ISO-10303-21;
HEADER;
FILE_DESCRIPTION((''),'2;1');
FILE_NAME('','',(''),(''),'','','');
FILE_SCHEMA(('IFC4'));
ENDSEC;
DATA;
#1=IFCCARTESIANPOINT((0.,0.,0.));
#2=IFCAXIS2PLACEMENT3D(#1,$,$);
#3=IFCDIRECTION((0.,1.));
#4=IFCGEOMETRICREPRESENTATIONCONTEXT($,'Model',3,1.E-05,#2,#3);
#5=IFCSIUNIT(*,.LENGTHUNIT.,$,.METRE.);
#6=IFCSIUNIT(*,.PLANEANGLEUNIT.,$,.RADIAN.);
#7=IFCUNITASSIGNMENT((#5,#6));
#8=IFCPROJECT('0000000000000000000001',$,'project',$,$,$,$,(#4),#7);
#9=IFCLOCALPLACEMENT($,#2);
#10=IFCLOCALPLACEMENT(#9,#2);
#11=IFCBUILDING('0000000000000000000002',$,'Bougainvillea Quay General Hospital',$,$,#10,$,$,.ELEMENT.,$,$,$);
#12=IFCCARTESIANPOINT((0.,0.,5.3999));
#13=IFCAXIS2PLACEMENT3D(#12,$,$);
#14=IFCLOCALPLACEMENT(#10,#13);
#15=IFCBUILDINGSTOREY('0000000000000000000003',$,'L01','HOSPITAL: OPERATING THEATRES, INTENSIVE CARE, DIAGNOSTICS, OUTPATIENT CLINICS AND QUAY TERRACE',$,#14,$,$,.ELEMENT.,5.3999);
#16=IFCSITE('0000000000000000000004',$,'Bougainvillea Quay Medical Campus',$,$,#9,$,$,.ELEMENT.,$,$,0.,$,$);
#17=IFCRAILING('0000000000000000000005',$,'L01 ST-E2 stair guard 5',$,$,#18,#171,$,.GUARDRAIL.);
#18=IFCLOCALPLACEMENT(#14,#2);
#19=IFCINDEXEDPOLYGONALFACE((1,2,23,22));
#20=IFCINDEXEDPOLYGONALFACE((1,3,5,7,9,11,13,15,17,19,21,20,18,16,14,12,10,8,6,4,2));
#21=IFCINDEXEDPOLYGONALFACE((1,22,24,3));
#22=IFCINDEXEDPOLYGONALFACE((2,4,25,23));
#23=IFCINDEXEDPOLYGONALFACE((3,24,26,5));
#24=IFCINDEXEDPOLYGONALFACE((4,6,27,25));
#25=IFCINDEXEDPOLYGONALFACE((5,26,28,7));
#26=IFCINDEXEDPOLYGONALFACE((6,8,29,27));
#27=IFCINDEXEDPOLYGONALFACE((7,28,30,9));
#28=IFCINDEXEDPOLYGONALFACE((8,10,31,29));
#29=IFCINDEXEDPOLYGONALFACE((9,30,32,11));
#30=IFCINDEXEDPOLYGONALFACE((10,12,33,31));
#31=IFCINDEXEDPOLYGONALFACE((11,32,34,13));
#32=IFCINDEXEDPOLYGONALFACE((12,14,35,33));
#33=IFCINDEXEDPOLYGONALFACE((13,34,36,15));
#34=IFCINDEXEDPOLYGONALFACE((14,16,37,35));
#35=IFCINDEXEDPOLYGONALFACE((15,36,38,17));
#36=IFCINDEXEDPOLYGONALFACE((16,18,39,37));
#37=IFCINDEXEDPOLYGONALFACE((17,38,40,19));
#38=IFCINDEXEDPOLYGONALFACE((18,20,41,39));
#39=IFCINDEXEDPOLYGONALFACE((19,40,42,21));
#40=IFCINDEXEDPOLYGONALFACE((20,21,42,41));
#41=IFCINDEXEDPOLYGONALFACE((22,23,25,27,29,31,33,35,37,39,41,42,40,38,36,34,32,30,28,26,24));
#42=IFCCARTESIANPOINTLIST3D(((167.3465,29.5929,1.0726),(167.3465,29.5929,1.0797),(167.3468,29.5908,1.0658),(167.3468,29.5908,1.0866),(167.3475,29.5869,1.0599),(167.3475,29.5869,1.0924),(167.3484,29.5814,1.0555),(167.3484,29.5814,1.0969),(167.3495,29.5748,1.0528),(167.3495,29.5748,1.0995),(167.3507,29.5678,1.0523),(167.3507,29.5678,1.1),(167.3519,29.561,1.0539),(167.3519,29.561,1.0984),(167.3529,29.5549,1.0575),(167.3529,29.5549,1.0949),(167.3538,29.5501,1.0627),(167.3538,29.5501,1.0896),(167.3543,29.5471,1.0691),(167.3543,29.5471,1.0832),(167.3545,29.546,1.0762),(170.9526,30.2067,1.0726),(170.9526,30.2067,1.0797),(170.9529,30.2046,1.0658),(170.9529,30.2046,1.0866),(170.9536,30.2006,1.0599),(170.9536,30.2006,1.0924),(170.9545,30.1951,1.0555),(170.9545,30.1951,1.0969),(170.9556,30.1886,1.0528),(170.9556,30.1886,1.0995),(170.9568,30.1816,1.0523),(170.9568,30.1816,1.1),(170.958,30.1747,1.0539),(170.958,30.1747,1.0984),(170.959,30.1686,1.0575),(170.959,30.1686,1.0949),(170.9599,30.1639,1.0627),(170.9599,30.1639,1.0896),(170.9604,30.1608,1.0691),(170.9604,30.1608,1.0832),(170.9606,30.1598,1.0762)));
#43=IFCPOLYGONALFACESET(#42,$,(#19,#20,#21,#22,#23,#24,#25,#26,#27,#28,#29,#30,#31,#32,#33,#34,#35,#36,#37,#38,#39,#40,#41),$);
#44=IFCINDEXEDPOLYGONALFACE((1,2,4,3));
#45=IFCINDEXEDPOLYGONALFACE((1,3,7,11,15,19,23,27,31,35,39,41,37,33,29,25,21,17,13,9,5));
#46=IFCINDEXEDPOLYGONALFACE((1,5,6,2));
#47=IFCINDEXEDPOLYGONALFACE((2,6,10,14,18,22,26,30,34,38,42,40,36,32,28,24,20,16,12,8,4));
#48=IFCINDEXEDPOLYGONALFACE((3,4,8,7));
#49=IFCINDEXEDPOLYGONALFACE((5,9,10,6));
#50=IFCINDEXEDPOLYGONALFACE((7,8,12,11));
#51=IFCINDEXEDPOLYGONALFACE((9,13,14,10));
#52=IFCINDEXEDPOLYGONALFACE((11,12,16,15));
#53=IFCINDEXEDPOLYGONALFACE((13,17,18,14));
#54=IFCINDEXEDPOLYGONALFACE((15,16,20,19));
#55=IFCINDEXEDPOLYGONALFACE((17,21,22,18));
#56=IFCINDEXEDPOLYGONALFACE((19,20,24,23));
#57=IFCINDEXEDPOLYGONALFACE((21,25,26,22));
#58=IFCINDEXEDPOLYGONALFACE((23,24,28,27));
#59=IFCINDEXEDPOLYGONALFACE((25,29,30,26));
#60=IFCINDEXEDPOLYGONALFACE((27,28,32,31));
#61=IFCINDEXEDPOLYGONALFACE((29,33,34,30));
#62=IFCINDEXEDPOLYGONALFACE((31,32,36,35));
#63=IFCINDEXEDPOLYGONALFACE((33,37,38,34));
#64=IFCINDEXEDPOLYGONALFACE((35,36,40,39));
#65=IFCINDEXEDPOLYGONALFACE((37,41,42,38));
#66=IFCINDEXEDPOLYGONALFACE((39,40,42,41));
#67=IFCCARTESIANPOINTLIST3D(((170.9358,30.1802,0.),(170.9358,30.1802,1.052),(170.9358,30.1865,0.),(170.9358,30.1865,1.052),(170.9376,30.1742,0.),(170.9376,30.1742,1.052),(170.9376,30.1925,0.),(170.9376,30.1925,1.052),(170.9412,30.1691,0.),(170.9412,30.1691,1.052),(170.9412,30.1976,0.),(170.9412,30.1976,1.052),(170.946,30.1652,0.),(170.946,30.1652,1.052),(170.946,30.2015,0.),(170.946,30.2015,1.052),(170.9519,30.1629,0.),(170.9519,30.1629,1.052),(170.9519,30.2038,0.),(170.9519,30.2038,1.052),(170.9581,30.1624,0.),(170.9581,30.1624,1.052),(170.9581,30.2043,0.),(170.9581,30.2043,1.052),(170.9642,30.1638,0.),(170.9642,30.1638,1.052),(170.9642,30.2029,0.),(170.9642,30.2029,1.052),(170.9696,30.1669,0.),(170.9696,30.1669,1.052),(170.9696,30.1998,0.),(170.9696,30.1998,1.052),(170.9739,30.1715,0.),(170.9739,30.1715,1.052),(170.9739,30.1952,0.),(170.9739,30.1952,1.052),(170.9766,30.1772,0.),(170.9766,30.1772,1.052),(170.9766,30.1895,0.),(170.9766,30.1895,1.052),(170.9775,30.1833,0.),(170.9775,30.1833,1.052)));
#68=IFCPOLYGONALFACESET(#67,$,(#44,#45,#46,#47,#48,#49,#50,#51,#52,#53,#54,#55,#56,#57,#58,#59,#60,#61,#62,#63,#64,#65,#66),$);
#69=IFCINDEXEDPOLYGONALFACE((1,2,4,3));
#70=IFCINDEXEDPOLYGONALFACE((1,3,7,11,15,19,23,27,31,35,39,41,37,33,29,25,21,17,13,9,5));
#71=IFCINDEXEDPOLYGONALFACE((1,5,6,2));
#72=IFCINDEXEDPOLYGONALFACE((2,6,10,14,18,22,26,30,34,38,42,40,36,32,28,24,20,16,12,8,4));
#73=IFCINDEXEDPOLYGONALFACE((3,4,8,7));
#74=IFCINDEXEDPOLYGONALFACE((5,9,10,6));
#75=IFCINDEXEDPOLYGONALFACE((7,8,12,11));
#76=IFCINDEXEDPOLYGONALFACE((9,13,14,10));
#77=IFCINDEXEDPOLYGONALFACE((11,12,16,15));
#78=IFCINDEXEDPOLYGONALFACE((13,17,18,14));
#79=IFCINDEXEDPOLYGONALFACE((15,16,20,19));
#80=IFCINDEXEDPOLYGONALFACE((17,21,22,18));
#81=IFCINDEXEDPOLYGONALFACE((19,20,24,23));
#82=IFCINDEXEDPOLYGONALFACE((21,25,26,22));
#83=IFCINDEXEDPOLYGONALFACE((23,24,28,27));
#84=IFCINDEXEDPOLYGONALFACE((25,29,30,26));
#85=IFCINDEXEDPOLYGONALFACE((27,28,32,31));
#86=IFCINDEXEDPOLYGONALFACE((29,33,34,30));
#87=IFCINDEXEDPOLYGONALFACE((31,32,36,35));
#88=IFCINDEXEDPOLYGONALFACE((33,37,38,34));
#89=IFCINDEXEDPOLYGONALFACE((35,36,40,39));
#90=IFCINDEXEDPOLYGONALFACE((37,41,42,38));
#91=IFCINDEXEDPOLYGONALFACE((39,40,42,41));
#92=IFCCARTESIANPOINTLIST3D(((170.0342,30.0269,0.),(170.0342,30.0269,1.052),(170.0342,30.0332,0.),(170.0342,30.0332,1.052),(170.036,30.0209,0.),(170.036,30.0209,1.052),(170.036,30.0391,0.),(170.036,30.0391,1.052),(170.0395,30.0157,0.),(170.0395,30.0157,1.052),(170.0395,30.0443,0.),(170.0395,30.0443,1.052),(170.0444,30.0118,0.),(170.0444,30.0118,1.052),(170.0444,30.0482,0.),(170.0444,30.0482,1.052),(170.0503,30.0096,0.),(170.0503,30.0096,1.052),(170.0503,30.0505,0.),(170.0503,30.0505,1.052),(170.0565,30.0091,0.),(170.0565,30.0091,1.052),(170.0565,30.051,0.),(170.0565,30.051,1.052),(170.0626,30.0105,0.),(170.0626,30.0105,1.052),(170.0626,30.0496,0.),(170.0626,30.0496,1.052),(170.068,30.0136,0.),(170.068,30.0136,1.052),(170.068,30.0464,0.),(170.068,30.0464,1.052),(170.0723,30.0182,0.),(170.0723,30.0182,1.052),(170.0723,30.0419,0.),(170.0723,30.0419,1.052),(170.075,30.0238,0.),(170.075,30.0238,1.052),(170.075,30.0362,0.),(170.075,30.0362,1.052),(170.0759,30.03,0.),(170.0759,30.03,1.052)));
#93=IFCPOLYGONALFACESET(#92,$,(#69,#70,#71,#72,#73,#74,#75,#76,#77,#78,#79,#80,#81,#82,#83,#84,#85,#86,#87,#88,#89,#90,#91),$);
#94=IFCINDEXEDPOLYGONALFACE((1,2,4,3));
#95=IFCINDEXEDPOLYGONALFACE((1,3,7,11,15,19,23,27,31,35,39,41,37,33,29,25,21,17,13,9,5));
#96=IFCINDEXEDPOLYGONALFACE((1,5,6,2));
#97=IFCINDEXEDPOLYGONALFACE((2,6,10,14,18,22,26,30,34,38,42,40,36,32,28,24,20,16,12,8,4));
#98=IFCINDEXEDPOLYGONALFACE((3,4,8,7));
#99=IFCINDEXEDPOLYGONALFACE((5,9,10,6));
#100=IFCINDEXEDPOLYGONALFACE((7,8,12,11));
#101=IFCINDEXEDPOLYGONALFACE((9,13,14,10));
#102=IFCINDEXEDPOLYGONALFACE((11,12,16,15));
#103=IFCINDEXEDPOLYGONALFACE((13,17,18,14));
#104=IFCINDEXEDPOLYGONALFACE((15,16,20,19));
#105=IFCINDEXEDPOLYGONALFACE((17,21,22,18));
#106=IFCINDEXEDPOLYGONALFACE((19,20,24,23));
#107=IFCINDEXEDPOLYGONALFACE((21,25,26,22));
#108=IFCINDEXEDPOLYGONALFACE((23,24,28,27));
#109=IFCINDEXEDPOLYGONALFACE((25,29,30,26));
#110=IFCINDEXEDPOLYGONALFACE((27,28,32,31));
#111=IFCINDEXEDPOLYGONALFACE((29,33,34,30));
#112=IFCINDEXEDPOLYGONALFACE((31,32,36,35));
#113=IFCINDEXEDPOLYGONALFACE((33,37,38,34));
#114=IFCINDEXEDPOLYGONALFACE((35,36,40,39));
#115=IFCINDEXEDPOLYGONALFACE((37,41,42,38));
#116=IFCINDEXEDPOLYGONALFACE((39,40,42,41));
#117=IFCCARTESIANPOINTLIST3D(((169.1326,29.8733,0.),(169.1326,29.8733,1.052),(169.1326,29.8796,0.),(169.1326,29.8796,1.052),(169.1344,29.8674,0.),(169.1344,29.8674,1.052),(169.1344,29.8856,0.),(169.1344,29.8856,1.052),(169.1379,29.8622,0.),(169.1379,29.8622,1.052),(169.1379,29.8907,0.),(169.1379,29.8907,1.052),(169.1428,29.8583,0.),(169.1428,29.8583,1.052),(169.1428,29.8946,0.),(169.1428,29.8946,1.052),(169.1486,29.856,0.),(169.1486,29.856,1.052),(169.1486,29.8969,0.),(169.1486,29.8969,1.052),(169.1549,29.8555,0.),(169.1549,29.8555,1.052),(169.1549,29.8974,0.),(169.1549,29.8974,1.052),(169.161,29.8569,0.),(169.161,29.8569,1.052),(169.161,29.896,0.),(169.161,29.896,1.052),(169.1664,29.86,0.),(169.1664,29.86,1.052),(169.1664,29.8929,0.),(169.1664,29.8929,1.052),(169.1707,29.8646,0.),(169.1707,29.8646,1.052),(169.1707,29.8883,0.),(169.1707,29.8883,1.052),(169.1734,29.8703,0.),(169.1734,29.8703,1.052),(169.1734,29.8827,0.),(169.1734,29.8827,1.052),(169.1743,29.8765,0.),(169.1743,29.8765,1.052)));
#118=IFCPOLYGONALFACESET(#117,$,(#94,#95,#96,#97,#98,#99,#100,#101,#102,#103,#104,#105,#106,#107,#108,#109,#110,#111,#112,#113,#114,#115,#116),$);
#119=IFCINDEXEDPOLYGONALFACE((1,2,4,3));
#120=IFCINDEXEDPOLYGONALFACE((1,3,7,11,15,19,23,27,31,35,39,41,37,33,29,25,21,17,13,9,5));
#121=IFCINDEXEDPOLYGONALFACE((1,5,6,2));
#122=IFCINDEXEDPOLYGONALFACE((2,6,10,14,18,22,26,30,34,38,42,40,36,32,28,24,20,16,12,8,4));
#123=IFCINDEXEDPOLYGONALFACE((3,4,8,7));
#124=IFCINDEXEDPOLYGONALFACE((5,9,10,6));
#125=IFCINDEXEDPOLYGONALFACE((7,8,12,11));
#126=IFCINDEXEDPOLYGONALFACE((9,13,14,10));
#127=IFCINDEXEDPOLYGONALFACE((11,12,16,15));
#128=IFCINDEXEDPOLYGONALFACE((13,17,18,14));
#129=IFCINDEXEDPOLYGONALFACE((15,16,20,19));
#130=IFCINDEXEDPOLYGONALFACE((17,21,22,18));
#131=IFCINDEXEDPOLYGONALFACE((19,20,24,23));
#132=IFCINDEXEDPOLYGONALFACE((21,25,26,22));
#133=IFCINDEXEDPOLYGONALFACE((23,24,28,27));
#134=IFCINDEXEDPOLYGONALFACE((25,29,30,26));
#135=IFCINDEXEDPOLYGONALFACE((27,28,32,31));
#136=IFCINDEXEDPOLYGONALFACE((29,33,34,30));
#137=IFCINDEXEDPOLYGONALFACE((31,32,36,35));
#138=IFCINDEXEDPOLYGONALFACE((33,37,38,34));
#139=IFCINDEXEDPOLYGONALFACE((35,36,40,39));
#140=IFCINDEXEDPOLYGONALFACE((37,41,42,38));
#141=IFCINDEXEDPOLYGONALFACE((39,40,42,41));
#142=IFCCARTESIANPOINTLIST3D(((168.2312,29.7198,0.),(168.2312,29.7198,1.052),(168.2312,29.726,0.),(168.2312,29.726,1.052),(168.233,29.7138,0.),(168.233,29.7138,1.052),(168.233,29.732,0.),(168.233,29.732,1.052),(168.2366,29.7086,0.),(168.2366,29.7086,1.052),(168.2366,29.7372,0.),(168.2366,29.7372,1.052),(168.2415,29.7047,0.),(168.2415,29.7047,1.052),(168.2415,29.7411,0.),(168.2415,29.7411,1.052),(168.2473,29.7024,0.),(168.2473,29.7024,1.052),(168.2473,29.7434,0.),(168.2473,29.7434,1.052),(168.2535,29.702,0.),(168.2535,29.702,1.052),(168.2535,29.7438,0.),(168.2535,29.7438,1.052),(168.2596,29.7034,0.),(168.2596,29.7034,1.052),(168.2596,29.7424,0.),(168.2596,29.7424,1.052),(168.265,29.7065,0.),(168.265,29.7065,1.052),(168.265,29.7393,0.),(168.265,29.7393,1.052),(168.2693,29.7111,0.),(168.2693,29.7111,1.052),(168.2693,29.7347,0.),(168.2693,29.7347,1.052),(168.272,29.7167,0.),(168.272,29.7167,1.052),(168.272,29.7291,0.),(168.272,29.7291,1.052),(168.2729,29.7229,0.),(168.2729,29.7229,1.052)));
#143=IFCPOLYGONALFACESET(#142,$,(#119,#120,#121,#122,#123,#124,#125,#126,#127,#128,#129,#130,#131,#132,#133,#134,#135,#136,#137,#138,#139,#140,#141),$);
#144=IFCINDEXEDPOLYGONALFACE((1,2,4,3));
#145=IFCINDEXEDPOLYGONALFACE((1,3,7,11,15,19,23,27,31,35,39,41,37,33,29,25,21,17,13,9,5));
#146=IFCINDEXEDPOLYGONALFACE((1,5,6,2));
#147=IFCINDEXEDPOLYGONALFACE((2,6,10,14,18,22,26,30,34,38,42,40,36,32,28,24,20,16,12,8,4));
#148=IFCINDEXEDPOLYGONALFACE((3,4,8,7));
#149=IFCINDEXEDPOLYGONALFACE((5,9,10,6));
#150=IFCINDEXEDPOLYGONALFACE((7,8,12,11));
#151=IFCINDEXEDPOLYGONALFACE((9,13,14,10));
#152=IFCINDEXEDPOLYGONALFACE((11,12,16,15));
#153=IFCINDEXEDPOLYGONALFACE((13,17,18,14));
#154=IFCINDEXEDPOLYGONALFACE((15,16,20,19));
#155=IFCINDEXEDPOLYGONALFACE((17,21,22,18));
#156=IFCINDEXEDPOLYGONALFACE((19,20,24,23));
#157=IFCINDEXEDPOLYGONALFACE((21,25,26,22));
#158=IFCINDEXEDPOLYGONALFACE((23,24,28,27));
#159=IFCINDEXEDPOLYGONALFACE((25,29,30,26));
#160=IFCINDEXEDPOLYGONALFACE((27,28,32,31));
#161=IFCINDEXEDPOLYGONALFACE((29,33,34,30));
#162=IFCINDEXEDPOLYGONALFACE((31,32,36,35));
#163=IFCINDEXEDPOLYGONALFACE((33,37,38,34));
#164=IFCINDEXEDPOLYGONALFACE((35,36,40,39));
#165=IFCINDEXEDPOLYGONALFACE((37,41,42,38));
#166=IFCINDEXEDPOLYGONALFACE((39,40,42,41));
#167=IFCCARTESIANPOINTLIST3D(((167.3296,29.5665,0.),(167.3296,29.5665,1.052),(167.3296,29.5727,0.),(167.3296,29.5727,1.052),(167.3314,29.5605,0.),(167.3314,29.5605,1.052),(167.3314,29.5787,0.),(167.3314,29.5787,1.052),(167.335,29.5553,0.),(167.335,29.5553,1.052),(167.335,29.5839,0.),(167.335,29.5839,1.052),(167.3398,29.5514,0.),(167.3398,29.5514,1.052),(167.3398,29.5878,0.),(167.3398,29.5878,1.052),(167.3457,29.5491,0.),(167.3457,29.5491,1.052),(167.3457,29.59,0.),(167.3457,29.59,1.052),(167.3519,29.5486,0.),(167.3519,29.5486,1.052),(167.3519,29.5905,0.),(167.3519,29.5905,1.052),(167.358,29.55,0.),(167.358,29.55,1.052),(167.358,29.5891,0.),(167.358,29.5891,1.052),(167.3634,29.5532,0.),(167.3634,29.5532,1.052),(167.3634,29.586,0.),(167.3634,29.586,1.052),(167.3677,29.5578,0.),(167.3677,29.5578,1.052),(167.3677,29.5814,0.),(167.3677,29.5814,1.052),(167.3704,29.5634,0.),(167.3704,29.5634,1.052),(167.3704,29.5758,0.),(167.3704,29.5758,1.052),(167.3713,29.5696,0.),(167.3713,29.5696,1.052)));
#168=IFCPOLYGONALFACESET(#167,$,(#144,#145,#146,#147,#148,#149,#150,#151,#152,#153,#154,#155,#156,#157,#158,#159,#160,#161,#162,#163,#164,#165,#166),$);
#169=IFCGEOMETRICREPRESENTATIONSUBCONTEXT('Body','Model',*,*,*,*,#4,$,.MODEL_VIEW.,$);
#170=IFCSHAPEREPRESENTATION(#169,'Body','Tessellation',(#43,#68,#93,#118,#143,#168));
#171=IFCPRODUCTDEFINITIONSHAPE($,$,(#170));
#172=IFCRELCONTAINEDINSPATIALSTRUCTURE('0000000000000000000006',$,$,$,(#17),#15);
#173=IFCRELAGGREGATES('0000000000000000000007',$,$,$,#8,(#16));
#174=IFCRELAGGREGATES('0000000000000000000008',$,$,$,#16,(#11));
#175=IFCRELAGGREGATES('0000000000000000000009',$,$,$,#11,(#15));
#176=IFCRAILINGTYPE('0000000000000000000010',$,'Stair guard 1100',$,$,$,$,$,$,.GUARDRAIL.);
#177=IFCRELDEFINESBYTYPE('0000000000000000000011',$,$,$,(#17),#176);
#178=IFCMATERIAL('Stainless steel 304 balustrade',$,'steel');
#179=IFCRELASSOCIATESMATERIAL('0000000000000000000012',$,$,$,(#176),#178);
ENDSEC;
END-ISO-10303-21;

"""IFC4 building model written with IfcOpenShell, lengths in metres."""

from ifc_helpers import new_model, si_unit, direction, frame, origin, origin_2d, place, context, subcontext, project, spatial, circle, extrude, material, type_object, element, save


model = new_model("IFC4")

# Units and contexts
model_context = context("Model", 3, precision=1e-05, world=origin(), true_north=direction((0.0, 1.0)))
body_context = subcontext(model_context, "Body", "Model", "MODEL_VIEW")
ifc_project = project(units=[si_unit("LENGTHUNIT", "METRE"), si_unit("PLANEANGLEUNIT", "RADIAN")], contexts=[model_context])

# Site, building, storey
site_placement = place(None, origin())
site = spatial("IfcSite", under=ifc_project, at=site_placement, Name="Bougainvillea Quay Medical Campus", CompositionType="ELEMENT", RefElevation=0.0)
building_placement = place(site_placement, origin())
building = spatial("IfcBuilding", under=site, at=building_placement, Name="Bougainvillea Quay General Hospital", CompositionType="ELEMENT")
storey_placement = place(building_placement, frame((0.0, 0.0, 5.3999)))
storey = spatial("IfcBuildingStorey", under=building, at=storey_placement, Name="L01", Description="HOSPITAL: OPERATING THEATRES, INTENSIVE CARE, DIAGNOSTICS, OUTPATIENT CLINICS AND QUAY TERRACE", CompositionType="ELEMENT", Elevation=5.3999)

# Railing
ifc_material_1 = material(Name="Stainless steel 304 balustrade", Category="steel")
railing_type_1 = type_object("IfcRailingType", Name="Stair guard 1100", PredefinedType="GUARDRAIL", material=ifc_material_1)
railing_1_placement = place(storey_placement, frame((170.9565, 30.1833, 0.0)))
element("IfcRailing", 1, at=railing_1_placement, inside=storey, type_object=railing_type_1, Name="L01 ST-E2 stair guard 5", PredefinedType="GUARDRAIL", context=body_context, shape_type="SweptSolid", body=[
    extrude(circle(Radius=0.0239, at=origin_2d()), frame((0.0, 0.0, 1.0762), z_axis=(-0.985824, -0.167786, 0.0), x_axis=(0.167786, -0.985824, 0.0)), (0.0, 0.0, 1.0), 3.658),
    extrude(circle(Radius=0.021, at=origin_2d()), origin(), (0.0, 0.0, 1.0), 1.052),
    extrude(circle(Radius=0.021, at=origin_2d()), frame((-0.9016, -0.1533, 0.0)), (0.0, 0.0, 1.0), 1.052),
    extrude(circle(Radius=0.021, at=origin_2d()), frame((-1.8032, -0.3069, 0.0)), (0.0, 0.0, 1.0), 1.052),
    extrude(circle(Radius=0.021, at=origin_2d()), frame((-2.7046, -0.4604, 0.0)), (0.0, 0.0, 1.0), 1.052),
    extrude(circle(Radius=0.021, at=origin_2d()), frame((-3.6062, -0.6138, 0.0)), (0.0, 0.0, 1.0), 1.052),
])

save(model, "model.ifc")
